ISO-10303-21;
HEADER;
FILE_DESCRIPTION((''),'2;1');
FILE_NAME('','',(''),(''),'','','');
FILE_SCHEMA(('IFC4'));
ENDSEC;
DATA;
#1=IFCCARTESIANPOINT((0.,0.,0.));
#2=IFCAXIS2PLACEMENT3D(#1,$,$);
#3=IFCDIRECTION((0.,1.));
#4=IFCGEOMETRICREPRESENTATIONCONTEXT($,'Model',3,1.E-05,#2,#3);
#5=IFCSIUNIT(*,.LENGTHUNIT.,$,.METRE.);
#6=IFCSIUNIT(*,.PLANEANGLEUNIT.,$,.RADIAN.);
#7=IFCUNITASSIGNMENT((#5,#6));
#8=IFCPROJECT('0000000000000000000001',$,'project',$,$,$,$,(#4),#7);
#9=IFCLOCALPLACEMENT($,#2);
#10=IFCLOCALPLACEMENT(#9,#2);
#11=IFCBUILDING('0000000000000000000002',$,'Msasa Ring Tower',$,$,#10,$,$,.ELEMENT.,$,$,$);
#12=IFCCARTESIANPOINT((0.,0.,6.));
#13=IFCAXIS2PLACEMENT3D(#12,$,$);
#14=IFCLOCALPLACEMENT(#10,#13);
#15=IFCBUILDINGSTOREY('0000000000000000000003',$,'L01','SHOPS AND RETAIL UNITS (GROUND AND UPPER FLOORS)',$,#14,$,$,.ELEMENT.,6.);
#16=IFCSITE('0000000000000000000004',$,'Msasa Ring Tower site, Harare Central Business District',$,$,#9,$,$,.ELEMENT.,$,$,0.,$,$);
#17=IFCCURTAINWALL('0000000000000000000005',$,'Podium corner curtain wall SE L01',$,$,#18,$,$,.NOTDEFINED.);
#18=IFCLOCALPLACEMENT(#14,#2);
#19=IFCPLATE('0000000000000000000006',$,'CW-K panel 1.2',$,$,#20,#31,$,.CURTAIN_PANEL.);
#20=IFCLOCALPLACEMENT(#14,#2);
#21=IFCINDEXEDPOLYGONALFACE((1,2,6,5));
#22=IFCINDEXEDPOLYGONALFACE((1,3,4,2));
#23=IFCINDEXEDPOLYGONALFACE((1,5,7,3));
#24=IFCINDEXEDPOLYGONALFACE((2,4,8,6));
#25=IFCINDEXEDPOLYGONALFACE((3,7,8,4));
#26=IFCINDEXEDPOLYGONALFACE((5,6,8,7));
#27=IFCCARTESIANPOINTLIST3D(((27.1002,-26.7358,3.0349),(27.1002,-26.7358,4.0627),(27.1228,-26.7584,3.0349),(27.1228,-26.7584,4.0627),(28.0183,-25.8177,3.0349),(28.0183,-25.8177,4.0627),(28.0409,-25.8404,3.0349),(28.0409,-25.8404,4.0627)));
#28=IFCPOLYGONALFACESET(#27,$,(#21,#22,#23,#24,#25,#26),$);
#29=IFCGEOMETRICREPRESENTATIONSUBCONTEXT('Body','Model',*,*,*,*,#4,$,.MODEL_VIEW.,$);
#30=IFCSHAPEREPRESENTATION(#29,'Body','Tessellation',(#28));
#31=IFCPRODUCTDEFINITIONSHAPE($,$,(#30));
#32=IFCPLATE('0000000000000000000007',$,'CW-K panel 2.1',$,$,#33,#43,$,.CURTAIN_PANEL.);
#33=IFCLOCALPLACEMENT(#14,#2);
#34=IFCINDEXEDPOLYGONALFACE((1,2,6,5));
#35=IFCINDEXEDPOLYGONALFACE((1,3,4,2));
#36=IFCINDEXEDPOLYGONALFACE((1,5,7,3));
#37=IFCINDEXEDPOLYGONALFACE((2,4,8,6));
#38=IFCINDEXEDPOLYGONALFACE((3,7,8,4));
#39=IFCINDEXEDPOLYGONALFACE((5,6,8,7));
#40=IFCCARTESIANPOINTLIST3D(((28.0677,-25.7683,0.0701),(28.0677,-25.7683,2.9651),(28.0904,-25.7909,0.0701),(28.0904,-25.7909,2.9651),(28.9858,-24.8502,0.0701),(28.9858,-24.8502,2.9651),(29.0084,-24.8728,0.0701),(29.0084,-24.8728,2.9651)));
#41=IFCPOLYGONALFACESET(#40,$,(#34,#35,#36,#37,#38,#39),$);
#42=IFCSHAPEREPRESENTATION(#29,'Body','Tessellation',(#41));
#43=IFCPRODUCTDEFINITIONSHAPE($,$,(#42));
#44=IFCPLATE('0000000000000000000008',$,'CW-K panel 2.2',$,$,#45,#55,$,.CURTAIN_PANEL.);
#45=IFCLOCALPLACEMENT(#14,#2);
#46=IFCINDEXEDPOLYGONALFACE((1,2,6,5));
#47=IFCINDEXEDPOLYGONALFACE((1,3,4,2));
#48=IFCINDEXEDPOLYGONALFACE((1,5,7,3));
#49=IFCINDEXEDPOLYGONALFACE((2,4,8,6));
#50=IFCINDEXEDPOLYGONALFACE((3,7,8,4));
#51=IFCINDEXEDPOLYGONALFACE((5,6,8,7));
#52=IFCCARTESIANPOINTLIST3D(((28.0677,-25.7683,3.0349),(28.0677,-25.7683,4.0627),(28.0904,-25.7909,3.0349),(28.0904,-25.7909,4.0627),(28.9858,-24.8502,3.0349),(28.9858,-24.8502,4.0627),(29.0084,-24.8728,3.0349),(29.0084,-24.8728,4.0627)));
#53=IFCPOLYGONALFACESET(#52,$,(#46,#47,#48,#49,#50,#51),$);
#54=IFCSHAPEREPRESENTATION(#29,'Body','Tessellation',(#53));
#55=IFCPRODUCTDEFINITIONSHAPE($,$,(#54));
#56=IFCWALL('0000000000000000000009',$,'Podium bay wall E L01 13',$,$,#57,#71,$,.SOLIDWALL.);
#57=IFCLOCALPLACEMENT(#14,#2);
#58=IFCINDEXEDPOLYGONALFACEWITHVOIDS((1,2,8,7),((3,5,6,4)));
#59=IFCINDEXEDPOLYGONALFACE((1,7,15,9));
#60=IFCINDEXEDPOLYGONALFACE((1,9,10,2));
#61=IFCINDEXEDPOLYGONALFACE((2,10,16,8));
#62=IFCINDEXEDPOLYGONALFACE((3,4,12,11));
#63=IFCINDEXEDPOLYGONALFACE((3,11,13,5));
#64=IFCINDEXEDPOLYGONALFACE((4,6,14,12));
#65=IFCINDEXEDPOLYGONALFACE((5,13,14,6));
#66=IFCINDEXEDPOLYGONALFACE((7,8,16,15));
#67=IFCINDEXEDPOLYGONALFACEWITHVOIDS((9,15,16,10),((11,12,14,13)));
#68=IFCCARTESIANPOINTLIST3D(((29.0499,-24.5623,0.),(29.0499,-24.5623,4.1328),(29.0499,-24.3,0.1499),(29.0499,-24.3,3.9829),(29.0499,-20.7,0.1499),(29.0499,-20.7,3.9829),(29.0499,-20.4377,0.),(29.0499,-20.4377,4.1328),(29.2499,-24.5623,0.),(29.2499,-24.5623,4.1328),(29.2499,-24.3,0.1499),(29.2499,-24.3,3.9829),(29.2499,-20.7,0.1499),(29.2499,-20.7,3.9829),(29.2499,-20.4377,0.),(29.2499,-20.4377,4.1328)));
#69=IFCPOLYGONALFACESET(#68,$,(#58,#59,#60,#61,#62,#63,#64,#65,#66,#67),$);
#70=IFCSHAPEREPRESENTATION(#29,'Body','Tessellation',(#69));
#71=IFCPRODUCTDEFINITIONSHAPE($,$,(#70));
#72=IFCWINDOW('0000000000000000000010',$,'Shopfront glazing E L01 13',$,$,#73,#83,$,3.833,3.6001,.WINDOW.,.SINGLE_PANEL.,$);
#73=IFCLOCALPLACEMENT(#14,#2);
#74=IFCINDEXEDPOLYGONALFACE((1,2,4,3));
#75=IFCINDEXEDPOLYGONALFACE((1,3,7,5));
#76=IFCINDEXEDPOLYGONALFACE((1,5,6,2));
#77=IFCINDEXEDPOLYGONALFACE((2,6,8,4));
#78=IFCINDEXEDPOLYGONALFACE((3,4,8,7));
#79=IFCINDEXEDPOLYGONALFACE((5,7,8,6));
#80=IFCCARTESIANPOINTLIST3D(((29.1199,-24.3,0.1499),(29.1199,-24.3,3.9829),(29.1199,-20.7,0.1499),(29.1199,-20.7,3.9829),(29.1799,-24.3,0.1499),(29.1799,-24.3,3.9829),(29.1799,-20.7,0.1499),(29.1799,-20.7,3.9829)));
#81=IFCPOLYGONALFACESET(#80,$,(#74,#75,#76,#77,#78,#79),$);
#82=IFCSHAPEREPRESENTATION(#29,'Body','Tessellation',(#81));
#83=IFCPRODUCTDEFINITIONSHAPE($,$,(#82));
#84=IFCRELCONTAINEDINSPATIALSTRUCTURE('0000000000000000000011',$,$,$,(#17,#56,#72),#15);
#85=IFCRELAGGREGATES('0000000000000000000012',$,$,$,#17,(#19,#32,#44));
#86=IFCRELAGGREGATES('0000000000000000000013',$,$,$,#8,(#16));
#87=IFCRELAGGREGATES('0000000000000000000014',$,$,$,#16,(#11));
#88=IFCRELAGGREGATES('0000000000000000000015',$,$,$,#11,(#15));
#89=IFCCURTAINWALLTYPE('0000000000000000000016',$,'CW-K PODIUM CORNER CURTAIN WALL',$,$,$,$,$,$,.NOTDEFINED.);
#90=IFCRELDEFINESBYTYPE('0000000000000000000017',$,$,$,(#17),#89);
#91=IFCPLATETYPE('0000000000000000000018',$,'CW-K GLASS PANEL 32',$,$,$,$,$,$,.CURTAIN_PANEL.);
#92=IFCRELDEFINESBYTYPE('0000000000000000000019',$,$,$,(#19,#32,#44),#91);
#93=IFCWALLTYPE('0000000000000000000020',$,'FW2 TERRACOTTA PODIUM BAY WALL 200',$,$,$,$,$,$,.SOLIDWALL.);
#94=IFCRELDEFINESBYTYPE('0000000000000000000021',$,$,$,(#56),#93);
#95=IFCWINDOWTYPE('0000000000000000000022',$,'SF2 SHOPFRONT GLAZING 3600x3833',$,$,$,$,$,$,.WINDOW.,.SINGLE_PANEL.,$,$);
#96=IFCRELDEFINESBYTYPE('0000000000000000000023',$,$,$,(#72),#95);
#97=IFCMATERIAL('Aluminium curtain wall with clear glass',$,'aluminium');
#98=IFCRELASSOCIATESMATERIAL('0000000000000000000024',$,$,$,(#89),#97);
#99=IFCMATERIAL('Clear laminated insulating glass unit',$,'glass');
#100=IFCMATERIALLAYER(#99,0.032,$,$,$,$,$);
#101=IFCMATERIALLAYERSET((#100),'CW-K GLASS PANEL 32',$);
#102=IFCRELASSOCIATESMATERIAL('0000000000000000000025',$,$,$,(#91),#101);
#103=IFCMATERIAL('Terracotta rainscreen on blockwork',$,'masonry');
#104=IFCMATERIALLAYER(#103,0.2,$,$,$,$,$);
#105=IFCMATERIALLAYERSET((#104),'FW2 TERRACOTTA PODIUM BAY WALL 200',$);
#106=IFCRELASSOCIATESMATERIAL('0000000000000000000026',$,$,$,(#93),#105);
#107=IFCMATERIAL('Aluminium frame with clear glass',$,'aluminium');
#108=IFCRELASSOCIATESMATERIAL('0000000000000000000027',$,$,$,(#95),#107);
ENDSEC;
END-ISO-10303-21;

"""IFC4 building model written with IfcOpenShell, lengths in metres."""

from ifc_helpers import new_model, si_unit, direction, frame, frame_2d, origin, origin_2d, place, context, subcontext, project, spatial, rectangle, extrude, material, layer, layer_set, type_object, element, fill, aggregate, save


model = new_model("IFC4")

# Units and contexts
model_context = context("Model", 3, precision=1e-05, world=origin(), true_north=direction((0.0, 1.0)))
body_context = subcontext(model_context, "Body", "Model", "MODEL_VIEW")
ifc_project = project(units=[si_unit("LENGTHUNIT", "METRE"), si_unit("PLANEANGLEUNIT", "RADIAN")], contexts=[model_context])

# Site, building, storey
site_placement = place(None, origin())
site = spatial("IfcSite", under=ifc_project, at=site_placement, Name="Msasa Ring Tower site, Harare Central Business District", CompositionType="ELEMENT", RefElevation=0.0)
building_placement = place(site_placement, origin())
building = spatial("IfcBuilding", under=site, at=building_placement, Name="Msasa Ring Tower", CompositionType="ELEMENT")
storey_placement = place(building_placement, frame((0.0, 0.0, 6.0)))
storey = spatial("IfcBuildingStorey", under=building, at=storey_placement, Name="L01", Description="SHOPS AND RETAIL UNITS (GROUND AND UPPER FLOORS)", CompositionType="ELEMENT", Elevation=6.0)

# Curtain wall
ifc_material_1 = material(Name="Aluminium curtain wall with clear glass", Category="aluminium")
curtain_wall_type = type_object("IfcCurtainWallType", Name="CW-K PODIUM CORNER CURTAIN WALL", PredefinedType="NOTDEFINED", material=ifc_material_1)
curtain_wall_placement = place(storey_placement, origin())
curtain_wall = element("IfcCurtainWall", 1, at=curtain_wall_placement, inside=storey, type_object=curtain_wall_type, Name="Podium corner curtain wall SE L01", PredefinedType="NOTDEFINED")

# Plates
ifc_material_2 = material(Name="Clear laminated insulating glass unit", Category="glass")
ifc_layer_1 = layer(ifc_material_2, 0.032)
ifc_layer_set_1 = layer_set([ifc_layer_1], Name="CW-K GLASS PANEL 32")
plate_type = type_object("IfcPlateType", Name="CW-K GLASS PANEL 32", PredefinedType="CURTAIN_PANEL", material=ifc_layer_set_1)
plate_1_placement = place(storey_placement, frame((27.5706, -26.2881, 3.0349), z_axis=(0.0, 0.0, 1.0), x_axis=(0.707107, 0.707107, 0.0)))
plate_1 = element("IfcPlate", 2, at=plate_1_placement, type_object=plate_type, Name="CW-K panel 1.2", PredefinedType="CURTAIN_PANEL", context=body_context, shape_type="SweptSolid", body=[
    extrude(rectangle(XDim=1.2983, YDim=0.032, at=origin_2d()), origin(), (0.0, 0.0, 1.0), 1.0278),
])
plate_2_placement = place(storey_placement, frame((28.5381, -25.3206, 0.0701), z_axis=(0.0, 0.0, 1.0), x_axis=(0.707107, 0.707107, 0.0)))
plate_2 = element("IfcPlate", 3, at=plate_2_placement, type_object=plate_type, Name="CW-K panel 2.1", PredefinedType="CURTAIN_PANEL", context=body_context, shape_type="SweptSolid", body=[
    extrude(rectangle(XDim=1.2983, YDim=0.032, at=origin_2d()), origin(), (0.0, 0.0, 1.0), 2.895),
])
plate_3_placement = place(storey_placement, frame((28.5381, -25.3206, 3.0349), z_axis=(0.0, 0.0, 1.0), x_axis=(0.707107, 0.707107, 0.0)))
plate_3 = element("IfcPlate", 4, at=plate_3_placement, type_object=plate_type, Name="CW-K panel 2.2", PredefinedType="CURTAIN_PANEL", context=body_context, shape_type="SweptSolid", body=[
    extrude(rectangle(XDim=1.2983, YDim=0.032, at=origin_2d()), origin(), (0.0, 0.0, 1.0), 1.0278),
])
aggregate(curtain_wall, [plate_1, plate_2, plate_3])

# Wall, opening, window
ifc_material_3 = material(Name="Terracotta rainscreen on blockwork", Category="masonry")
ifc_layer_2 = layer(ifc_material_3, 0.2)
ifc_layer_set_2 = layer_set([ifc_layer_2], Name="FW2 TERRACOTTA PODIUM BAY WALL 200")
wall_type = type_object("IfcWallType", Name="FW2 TERRACOTTA PODIUM BAY WALL 200", PredefinedType="SOLIDWALL", material=ifc_layer_set_2)
wall_placement = place(storey_placement, frame((29.1499, -24.5623, 0.0), z_axis=(0.0, 0.0, 1.0), x_axis=(0.0, 1.0, 0.0)))
wall = element("IfcWall", 5, at=wall_placement, inside=storey, type_object=wall_type, Name="Podium bay wall E L01 13", PredefinedType="SOLIDWALL", context=body_context, shape_type="SweptSolid", body=[
    extrude(rectangle(XDim=4.1245, YDim=0.2, at=frame_2d((2.0623, 0.0))), origin(), (0.0, 0.0, 1.0), 4.1328),
])
opening_placement = place(wall_placement, frame((0.2622, 0.0, 0.1499)))
opening = element("IfcOpeningElement", 6, at=opening_placement, cuts=wall, PredefinedType="OPENING", context=body_context, shape_type="SweptSolid", body=[
    extrude(rectangle(XDim=3.6001, YDim=3.833, at=frame_2d((1.8, 1.9165))), frame((0.0, 0.1099, 0.0), z_axis=(0.0, -1.0, 0.0), x_axis=(1.0, 0.0, 0.0)), (0.0, 0.0, 1.0), 0.22),
])
ifc_material_4 = material(Name="Aluminium frame with clear glass", Category="aluminium")
window_type = type_object("IfcWindowType", Name="SF2 SHOPFRONT GLAZING 3600x3833", PartitioningType="SINGLE_PANEL", PredefinedType="WINDOW", material=ifc_material_4)
window_placement = place(opening_placement, origin())
window = element("IfcWindow", 7, at=window_placement, inside=storey, type_object=window_type, Name="Shopfront glazing E L01 13", OverallHeight=3.833, OverallWidth=3.6001, PartitioningType="SINGLE_PANEL", PredefinedType="WINDOW", context=body_context, shape_type="SweptSolid", body=[
    extrude(rectangle(XDim=3.6001, YDim=3.833, at=frame_2d((1.8, 1.9165))), frame((0.0, 0.03, 0.0), z_axis=(0.0, -1.0, 0.0), x_axis=(1.0, 0.0, 0.0)), (0.0, 0.0, 1.0), 0.0601),
])
fill(opening, window)

save(model, "model.ifc")
